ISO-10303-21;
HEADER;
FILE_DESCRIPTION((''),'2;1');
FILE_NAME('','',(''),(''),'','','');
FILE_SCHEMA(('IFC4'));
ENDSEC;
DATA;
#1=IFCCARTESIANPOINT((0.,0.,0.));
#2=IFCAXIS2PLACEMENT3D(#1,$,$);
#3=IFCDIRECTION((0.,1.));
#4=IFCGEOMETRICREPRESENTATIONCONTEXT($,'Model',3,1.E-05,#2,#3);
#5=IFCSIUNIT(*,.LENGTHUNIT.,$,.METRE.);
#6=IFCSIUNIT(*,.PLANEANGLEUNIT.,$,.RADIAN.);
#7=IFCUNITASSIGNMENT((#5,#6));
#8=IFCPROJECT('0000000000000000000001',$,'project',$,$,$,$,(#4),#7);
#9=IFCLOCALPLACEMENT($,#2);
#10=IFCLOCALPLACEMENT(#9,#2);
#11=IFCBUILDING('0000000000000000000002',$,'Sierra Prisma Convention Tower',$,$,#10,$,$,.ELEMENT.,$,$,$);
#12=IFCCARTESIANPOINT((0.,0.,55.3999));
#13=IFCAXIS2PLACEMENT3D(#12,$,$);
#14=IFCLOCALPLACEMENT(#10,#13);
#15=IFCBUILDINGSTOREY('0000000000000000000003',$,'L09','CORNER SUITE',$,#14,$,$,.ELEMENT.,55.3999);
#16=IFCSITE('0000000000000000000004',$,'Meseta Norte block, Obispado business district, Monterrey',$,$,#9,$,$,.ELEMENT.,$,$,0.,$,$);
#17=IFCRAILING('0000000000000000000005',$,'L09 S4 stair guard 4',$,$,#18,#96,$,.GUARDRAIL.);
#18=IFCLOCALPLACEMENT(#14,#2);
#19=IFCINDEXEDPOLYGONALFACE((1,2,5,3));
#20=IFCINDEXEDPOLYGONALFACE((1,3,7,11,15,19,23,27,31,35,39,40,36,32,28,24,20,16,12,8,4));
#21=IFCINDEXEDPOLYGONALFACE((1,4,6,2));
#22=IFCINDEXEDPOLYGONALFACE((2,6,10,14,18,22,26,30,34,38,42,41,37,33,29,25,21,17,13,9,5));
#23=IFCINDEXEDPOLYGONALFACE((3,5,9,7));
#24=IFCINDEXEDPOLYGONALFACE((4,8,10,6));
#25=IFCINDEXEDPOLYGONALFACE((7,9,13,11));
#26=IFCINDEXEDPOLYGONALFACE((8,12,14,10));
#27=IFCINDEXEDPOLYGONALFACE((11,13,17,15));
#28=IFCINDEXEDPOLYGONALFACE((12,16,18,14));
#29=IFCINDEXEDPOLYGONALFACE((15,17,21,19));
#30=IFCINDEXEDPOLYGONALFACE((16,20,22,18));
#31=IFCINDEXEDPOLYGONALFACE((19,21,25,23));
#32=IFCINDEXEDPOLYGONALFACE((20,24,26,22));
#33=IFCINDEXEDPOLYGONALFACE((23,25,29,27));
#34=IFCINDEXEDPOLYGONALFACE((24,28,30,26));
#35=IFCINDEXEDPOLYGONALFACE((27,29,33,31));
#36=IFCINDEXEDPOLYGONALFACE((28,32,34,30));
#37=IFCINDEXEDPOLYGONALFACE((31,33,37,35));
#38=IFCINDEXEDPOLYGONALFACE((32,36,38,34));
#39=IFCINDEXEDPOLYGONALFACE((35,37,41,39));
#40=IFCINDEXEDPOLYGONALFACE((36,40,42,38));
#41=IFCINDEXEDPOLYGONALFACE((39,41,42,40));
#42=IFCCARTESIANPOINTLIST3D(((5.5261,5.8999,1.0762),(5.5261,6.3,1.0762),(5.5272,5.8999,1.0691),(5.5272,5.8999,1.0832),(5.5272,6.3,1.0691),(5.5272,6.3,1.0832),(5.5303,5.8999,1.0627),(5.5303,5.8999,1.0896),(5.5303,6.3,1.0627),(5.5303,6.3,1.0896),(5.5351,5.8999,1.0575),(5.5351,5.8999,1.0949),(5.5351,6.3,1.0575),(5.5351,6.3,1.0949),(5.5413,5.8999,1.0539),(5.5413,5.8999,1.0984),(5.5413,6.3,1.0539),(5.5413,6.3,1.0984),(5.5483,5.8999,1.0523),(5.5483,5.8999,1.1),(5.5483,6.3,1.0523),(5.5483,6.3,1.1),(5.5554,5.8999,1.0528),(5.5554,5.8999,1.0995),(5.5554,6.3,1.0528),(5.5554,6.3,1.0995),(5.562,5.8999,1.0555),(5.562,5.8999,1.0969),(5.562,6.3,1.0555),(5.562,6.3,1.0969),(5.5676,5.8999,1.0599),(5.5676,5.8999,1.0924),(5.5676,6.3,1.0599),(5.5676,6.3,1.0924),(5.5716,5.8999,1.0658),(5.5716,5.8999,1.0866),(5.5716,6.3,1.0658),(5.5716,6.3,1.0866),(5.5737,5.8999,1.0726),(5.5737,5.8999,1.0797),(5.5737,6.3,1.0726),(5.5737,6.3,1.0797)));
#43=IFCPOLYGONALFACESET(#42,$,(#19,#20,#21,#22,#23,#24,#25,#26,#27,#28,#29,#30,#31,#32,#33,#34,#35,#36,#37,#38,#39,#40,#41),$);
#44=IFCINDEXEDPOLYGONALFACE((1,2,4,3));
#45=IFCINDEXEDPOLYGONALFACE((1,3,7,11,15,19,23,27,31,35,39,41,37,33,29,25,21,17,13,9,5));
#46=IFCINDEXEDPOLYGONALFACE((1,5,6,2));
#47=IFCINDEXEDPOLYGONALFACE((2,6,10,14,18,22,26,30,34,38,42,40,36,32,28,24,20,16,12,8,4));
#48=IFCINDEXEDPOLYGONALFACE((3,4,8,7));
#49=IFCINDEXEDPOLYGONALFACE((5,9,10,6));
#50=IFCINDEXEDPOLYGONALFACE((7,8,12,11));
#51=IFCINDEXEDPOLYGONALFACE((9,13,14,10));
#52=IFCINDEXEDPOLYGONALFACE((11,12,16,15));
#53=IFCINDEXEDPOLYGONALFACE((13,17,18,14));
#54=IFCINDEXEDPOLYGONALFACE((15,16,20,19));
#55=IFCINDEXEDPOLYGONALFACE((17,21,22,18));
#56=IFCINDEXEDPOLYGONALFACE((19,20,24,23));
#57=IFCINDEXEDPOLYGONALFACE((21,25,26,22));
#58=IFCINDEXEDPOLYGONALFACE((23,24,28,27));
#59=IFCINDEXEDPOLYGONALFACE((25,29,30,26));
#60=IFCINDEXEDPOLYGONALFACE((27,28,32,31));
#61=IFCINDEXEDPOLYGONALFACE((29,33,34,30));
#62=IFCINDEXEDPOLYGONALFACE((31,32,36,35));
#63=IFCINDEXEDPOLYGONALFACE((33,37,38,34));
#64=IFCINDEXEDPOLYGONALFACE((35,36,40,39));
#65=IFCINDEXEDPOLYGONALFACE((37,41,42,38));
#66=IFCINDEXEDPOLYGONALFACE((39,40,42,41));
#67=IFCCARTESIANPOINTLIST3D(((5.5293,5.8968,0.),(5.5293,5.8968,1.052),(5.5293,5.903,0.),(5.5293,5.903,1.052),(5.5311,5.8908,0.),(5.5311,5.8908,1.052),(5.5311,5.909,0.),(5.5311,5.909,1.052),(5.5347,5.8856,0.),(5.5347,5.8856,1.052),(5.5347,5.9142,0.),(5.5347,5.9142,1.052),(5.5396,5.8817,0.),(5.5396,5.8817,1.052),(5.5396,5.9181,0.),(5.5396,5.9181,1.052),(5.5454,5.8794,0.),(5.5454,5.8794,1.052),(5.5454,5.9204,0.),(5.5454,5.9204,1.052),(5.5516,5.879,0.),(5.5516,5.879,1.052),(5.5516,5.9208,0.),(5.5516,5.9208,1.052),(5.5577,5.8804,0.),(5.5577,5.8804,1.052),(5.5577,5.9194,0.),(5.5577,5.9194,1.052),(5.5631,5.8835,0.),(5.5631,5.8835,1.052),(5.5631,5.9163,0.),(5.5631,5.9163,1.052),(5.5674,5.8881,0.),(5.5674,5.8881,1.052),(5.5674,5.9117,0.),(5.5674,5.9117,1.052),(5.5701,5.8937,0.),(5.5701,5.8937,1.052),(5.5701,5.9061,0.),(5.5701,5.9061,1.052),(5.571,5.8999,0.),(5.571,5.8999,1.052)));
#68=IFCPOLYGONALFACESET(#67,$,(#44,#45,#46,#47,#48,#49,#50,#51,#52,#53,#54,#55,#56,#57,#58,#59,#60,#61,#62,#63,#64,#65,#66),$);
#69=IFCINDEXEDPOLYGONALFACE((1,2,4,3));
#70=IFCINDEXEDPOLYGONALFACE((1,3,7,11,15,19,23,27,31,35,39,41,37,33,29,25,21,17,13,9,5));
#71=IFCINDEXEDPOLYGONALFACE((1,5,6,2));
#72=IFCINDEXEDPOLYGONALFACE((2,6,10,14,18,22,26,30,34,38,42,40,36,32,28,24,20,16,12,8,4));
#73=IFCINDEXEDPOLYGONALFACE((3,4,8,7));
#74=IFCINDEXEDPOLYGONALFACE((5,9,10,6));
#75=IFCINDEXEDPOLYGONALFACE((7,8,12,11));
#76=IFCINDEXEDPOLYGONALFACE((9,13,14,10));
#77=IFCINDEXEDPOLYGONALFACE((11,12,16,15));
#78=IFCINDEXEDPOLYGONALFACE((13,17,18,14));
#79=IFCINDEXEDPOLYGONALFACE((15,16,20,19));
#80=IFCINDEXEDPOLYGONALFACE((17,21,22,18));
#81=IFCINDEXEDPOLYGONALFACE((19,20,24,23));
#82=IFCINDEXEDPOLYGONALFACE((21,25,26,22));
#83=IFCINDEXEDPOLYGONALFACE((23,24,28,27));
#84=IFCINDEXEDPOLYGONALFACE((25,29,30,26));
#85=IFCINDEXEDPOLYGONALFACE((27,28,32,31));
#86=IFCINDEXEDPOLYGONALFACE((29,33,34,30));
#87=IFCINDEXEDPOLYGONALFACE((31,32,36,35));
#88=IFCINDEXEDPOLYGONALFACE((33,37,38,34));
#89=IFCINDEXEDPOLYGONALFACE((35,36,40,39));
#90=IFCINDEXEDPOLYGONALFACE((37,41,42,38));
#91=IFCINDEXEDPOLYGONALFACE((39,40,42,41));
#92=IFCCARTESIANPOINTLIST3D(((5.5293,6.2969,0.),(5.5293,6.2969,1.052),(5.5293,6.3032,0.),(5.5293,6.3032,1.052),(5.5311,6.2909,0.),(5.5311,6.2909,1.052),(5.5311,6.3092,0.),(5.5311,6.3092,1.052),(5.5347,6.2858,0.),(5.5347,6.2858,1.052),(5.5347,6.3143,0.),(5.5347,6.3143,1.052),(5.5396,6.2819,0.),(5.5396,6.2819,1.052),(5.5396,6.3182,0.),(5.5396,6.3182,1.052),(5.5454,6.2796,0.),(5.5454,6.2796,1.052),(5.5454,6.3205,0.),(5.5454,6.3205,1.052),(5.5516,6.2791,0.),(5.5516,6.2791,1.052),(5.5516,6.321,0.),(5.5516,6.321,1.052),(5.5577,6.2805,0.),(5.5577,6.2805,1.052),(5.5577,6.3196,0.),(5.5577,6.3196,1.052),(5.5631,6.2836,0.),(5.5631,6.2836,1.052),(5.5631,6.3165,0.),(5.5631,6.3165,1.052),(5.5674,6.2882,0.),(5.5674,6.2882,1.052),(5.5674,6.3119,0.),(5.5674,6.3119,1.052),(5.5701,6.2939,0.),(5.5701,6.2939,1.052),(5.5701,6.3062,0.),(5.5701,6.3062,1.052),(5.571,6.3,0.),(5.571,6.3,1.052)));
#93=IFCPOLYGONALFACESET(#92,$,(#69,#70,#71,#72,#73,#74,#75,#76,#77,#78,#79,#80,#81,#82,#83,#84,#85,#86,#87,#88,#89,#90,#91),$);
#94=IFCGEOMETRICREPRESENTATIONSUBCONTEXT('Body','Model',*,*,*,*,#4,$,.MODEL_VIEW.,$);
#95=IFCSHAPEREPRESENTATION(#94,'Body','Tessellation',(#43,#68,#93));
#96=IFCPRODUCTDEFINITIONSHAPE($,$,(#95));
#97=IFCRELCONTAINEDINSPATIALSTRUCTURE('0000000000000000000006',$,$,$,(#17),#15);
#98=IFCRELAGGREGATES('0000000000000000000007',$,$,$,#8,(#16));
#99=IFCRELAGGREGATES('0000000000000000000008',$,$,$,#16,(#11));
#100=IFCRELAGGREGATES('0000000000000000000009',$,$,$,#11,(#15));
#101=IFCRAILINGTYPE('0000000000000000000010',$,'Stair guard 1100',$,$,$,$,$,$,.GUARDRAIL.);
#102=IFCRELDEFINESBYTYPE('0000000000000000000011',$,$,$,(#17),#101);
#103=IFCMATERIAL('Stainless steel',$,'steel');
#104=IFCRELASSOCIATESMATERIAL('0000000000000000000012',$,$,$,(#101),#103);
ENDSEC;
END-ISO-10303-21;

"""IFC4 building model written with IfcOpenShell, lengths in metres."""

from ifc_helpers import new_model, si_unit, direction, frame, origin, origin_2d, place, context, subcontext, project, spatial, circle, extrude, material, type_object, element, save


model = new_model("IFC4")

# Units and contexts
model_context = context("Model", 3, precision=1e-05, world=origin(), true_north=direction((0.0, 1.0)))
body_context = subcontext(model_context, "Body", "Model", "MODEL_VIEW")
ifc_project = project(units=[si_unit("LENGTHUNIT", "METRE"), si_unit("PLANEANGLEUNIT", "RADIAN")], contexts=[model_context])

# Site, building, storey
site_placement = place(None, origin())
site = spatial("IfcSite", under=ifc_project, at=site_placement, Name="Meseta Norte block, Obispado business district, Monterrey", CompositionType="ELEMENT", RefElevation=0.0)
building_placement = place(site_placement, origin())
building = spatial("IfcBuilding", under=site, at=building_placement, Name="Sierra Prisma Convention Tower", CompositionType="ELEMENT")
storey_placement = place(building_placement, frame((0.0, 0.0, 55.3999)))
storey = spatial("IfcBuildingStorey", under=building, at=storey_placement, Name="L09", Description="CORNER SUITE", CompositionType="ELEMENT", Elevation=55.3999)

# Railing
ifc_material_1 = material(Name="Stainless steel", Category="steel")
railing_type_1 = type_object("IfcRailingType", Name="Stair guard 1100", PredefinedType="GUARDRAIL", material=ifc_material_1)
railing_1_placement = place(storey_placement, frame((5.55, 5.8999, 0.0)))
element("IfcRailing", 1, at=railing_1_placement, inside=storey, type_object=railing_type_1, Name="L09 S4 stair guard 4", PredefinedType="GUARDRAIL", context=body_context, shape_type="SweptSolid", body=[
    extrude(circle(Radius=0.0239, at=origin_2d()), frame((0.0, 0.0, 1.0762), z_axis=(0.0, 1.0, 0.0), x_axis=(-1.0, 0.0, 0.0)), (0.0, 0.0, 1.0), 0.4001),
    extrude(circle(Radius=0.021, at=origin_2d()), origin(), (0.0, 0.0, 1.0), 1.052),
    extrude(circle(Radius=0.021, at=origin_2d()), frame((0.0, 0.4001, 0.0)), (0.0, 0.0, 1.0), 1.052),
])

save(model, "model.ifc")
